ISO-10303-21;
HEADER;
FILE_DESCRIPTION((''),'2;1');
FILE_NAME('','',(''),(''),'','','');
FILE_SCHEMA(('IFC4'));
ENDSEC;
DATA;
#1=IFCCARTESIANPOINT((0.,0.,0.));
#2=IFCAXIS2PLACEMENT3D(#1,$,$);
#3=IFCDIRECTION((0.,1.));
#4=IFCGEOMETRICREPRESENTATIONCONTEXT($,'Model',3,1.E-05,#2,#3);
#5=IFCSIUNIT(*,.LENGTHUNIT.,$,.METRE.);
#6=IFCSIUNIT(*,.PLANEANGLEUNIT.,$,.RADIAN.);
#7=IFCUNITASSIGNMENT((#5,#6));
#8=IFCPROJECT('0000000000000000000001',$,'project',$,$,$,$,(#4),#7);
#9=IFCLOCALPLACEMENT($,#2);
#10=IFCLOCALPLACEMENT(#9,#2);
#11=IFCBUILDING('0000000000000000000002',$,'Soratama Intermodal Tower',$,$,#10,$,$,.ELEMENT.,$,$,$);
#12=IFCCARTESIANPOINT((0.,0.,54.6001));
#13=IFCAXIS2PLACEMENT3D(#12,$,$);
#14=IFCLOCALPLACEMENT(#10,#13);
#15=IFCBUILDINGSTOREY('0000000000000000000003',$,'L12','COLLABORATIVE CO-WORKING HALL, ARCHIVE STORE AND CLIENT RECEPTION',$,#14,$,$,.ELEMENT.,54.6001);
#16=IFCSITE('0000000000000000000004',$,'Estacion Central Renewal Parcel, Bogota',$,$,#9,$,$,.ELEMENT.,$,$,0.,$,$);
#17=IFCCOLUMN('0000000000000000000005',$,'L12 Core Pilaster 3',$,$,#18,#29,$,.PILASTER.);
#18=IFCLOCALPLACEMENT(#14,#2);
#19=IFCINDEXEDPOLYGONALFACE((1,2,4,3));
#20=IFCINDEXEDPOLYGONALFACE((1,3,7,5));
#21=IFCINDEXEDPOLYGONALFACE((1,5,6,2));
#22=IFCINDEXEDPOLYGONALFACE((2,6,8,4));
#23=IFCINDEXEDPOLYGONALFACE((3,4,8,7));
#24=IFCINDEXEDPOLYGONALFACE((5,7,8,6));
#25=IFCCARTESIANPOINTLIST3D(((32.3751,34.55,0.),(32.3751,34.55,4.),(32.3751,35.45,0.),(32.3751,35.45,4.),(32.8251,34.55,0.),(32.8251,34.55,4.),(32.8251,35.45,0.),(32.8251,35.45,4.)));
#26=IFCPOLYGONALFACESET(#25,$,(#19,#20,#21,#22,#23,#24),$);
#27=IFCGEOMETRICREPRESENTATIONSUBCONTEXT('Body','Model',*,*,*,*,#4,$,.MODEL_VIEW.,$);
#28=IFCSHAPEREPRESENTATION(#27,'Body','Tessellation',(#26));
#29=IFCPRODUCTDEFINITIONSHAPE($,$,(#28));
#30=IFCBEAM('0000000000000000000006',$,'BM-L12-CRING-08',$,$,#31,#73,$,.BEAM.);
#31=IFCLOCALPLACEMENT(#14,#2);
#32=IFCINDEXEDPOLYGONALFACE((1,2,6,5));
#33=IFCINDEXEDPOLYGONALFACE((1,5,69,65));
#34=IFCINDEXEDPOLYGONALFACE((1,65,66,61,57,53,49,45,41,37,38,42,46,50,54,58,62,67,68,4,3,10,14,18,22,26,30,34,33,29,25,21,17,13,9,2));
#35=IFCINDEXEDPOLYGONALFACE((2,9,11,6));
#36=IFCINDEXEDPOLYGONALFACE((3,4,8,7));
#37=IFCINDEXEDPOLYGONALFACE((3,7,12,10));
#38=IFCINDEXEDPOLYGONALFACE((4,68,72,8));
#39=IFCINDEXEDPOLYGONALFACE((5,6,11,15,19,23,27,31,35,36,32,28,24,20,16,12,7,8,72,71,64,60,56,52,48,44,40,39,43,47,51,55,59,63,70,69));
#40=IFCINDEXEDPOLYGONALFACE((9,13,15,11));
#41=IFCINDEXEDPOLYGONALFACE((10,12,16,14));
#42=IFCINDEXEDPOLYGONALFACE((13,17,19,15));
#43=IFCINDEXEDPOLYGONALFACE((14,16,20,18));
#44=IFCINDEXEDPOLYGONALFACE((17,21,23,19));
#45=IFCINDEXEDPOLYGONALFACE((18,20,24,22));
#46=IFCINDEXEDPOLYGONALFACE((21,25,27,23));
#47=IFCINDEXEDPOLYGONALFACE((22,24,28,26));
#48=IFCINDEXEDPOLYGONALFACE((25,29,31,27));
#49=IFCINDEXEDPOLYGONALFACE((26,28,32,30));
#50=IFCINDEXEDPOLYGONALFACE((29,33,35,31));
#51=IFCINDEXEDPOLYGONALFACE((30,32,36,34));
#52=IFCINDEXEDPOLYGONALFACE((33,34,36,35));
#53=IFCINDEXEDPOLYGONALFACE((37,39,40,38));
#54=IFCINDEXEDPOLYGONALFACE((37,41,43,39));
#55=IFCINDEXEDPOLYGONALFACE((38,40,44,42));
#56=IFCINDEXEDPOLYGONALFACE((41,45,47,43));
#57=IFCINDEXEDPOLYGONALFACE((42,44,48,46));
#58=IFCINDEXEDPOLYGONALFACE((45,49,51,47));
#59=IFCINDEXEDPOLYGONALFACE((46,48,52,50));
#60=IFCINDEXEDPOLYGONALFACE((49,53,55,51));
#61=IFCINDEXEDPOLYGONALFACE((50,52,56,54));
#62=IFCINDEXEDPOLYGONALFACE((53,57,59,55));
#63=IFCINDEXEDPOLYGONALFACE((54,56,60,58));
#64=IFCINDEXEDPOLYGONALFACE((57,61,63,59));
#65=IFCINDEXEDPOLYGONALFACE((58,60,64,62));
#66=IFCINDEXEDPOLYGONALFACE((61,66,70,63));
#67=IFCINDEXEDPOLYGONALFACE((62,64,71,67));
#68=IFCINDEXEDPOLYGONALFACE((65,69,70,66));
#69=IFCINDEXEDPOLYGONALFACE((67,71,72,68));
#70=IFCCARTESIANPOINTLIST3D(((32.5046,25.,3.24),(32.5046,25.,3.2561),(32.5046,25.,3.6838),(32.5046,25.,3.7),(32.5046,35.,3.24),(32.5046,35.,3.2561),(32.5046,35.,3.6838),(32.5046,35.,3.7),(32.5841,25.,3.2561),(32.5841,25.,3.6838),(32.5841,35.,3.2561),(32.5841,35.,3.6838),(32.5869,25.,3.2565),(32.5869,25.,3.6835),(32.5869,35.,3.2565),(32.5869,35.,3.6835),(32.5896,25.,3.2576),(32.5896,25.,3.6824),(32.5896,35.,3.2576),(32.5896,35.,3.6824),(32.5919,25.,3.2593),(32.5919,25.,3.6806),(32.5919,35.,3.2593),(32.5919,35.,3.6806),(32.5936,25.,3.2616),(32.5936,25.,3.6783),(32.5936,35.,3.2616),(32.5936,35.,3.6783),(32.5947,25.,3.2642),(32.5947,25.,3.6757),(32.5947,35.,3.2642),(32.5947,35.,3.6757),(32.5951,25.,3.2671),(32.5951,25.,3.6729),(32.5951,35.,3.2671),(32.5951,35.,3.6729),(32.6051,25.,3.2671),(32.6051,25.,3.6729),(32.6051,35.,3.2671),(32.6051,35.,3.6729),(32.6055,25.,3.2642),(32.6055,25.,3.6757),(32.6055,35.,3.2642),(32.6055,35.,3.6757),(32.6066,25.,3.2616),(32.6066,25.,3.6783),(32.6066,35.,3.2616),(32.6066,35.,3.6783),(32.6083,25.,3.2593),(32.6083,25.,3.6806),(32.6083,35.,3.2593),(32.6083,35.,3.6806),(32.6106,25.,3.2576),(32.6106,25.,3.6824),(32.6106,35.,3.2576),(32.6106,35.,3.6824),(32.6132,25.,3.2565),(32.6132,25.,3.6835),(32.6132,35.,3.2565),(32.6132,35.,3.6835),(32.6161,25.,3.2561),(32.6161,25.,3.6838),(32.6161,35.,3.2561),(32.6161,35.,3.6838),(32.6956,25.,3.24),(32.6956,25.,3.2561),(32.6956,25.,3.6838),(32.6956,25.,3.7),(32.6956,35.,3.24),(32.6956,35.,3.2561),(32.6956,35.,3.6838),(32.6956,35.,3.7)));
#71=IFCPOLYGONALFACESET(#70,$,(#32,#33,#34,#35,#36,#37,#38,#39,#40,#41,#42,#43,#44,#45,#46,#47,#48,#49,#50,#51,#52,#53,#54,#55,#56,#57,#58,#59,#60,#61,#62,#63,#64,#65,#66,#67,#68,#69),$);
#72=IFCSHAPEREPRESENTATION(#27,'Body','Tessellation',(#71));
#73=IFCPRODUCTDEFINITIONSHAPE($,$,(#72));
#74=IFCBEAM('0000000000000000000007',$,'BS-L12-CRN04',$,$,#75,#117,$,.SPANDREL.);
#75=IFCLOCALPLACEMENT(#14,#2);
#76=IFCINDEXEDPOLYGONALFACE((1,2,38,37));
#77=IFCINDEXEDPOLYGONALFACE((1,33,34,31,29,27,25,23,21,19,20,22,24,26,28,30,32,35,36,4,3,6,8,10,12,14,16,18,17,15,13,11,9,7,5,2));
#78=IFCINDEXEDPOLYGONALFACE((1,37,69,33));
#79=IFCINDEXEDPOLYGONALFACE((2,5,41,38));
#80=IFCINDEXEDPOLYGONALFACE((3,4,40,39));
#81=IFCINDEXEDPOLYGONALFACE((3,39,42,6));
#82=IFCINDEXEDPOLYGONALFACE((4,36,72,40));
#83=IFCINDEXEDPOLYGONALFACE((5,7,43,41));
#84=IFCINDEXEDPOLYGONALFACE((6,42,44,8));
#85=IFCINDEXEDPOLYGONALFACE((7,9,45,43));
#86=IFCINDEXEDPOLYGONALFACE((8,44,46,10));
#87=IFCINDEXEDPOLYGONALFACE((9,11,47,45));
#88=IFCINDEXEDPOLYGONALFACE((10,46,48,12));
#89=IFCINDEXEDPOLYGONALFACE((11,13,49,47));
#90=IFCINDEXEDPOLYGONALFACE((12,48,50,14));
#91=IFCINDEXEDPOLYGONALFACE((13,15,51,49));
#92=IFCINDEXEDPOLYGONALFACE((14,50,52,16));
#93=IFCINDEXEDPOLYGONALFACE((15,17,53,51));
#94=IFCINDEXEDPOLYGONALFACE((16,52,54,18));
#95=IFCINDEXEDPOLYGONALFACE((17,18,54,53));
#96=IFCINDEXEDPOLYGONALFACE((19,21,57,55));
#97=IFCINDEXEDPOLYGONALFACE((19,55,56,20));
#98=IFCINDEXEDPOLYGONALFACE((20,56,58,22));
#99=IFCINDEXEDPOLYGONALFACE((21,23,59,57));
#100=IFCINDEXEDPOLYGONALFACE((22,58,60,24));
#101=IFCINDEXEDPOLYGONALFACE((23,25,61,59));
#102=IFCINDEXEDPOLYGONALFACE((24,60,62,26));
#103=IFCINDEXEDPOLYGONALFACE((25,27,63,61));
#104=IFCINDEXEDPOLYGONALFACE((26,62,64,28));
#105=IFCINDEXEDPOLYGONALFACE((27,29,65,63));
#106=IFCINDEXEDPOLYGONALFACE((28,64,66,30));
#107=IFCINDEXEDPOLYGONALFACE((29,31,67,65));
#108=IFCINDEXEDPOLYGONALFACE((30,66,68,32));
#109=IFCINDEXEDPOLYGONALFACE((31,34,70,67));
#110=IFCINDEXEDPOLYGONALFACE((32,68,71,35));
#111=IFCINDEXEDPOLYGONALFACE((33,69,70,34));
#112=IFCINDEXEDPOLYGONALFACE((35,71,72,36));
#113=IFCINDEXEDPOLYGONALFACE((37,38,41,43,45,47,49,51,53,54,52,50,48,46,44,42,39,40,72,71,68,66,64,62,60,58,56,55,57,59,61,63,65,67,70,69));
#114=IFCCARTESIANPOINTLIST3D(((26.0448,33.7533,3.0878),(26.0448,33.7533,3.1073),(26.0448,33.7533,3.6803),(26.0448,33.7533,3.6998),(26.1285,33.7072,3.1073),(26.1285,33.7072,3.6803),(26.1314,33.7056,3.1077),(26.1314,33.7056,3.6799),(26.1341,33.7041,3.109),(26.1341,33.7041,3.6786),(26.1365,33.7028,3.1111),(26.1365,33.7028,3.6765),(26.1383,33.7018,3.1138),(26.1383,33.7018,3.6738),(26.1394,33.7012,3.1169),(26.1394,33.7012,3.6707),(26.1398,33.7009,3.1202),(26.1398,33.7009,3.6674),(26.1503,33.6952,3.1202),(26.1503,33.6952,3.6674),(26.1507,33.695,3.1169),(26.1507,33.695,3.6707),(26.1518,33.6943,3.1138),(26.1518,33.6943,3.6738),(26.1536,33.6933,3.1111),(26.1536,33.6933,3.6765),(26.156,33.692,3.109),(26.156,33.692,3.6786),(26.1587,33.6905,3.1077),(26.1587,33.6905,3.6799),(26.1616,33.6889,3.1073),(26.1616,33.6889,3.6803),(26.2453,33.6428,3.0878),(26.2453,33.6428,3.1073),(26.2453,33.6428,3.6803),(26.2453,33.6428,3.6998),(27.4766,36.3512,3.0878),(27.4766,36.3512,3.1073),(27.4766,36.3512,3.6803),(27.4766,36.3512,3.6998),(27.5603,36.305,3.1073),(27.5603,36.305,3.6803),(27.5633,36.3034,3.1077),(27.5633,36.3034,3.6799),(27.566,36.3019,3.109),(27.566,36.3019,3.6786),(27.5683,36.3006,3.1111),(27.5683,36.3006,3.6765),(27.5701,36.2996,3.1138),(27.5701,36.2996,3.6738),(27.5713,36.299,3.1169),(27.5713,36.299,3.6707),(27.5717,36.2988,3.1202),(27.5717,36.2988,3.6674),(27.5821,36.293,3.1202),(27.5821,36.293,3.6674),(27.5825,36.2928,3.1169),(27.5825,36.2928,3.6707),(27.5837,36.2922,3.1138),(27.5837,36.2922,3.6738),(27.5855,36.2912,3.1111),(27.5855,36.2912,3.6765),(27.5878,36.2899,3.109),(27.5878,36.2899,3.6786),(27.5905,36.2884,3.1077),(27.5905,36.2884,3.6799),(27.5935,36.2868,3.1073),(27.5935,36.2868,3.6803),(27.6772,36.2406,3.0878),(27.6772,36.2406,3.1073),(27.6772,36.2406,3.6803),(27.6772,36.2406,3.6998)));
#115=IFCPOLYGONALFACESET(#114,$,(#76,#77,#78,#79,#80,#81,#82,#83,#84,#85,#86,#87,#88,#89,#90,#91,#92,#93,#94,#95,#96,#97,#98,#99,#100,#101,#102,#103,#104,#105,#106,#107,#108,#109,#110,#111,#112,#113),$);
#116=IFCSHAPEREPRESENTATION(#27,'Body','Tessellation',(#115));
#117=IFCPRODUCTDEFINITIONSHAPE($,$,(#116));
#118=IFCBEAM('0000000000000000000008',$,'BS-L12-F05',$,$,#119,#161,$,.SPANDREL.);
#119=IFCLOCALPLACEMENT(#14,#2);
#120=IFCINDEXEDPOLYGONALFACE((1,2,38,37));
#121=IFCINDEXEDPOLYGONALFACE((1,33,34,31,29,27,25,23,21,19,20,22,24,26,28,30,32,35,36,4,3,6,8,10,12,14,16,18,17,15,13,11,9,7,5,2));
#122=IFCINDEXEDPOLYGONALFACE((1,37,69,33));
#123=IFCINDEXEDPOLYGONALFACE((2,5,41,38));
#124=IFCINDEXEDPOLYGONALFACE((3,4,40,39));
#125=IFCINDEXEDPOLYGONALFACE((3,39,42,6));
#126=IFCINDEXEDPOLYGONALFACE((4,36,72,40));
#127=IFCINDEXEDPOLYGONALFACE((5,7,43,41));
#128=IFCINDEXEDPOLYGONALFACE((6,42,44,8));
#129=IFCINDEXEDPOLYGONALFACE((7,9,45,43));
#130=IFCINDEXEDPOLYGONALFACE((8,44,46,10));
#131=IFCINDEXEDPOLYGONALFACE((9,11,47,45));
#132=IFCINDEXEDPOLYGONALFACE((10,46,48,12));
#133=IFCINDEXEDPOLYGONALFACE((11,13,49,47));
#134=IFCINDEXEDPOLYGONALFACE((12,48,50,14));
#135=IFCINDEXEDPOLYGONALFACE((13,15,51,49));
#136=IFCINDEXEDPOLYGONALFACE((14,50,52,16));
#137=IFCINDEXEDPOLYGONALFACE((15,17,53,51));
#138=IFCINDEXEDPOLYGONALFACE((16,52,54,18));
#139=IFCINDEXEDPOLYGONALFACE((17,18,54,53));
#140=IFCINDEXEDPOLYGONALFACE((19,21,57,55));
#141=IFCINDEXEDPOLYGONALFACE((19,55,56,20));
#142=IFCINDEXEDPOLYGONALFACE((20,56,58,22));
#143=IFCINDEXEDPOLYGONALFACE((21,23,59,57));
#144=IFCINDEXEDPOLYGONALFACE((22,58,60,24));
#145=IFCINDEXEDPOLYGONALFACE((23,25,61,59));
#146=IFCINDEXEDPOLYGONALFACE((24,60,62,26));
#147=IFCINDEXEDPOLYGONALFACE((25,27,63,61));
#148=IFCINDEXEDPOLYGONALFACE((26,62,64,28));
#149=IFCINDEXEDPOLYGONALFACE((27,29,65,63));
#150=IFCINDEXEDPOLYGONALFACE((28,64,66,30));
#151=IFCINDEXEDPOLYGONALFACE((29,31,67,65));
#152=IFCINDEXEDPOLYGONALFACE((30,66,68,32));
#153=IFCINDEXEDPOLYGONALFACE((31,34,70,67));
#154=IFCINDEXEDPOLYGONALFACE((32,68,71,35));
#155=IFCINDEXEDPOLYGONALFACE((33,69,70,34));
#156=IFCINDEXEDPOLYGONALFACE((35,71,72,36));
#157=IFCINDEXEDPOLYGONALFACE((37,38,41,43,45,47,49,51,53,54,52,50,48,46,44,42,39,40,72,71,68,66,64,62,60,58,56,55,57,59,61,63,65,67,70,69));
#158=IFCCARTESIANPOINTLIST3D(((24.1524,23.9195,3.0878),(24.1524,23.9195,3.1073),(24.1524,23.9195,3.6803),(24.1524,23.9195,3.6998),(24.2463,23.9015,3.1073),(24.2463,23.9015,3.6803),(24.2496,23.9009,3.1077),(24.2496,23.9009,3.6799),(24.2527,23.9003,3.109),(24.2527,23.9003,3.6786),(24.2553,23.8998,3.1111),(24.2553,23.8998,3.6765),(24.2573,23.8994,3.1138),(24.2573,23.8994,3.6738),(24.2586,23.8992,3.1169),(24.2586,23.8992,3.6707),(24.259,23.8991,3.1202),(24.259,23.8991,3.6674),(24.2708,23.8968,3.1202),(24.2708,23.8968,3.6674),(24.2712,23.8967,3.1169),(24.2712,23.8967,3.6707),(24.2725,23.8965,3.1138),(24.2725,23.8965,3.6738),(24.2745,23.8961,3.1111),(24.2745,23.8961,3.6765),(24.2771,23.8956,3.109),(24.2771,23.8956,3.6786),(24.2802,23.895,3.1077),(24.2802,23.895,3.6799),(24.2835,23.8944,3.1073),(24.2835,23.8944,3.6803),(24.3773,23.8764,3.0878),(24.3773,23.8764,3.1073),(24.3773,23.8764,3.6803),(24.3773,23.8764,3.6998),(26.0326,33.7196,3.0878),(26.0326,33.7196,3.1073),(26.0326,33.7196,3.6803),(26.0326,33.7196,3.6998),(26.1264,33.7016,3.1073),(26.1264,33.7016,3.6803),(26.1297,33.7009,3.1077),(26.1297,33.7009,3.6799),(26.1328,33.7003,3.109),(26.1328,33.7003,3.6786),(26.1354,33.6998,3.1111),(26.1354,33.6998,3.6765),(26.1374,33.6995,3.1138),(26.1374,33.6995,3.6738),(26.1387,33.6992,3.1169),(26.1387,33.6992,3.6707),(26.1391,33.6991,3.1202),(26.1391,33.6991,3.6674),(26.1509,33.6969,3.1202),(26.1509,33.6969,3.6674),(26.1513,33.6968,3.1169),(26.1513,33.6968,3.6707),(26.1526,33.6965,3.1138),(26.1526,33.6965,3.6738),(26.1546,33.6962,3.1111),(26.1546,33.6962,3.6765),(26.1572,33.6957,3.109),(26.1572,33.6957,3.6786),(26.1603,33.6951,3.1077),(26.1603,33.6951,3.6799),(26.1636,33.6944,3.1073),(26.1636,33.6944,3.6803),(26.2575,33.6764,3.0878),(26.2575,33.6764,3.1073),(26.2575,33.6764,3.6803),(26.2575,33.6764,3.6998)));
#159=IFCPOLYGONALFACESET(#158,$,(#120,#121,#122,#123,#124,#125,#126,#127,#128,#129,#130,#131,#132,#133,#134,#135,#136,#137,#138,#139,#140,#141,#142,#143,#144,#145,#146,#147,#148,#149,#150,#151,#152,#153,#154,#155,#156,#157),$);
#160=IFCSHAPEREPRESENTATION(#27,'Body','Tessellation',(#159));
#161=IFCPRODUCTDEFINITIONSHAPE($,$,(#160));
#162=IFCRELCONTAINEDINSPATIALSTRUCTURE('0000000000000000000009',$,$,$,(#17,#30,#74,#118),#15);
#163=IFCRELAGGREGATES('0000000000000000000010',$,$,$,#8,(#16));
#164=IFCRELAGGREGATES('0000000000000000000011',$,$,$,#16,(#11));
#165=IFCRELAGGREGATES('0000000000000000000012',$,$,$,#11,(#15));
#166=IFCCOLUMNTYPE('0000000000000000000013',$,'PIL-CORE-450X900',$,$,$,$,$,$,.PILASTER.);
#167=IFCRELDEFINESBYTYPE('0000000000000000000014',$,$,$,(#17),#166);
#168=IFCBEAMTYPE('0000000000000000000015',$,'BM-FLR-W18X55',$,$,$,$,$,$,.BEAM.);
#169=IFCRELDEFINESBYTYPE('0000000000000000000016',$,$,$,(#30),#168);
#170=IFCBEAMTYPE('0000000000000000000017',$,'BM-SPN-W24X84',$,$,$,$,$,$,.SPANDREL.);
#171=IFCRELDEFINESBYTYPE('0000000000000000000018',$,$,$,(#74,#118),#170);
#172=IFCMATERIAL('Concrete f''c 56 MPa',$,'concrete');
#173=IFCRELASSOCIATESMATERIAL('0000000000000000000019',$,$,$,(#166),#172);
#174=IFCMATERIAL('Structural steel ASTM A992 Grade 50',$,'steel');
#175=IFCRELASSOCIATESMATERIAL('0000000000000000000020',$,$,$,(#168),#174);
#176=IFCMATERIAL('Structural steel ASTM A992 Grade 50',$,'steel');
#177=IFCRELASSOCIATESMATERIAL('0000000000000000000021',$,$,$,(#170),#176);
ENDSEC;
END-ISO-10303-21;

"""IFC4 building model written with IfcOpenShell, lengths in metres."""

from ifc_helpers import new_model, si_unit, direction, frame, origin, origin_2d, place, context, subcontext, project, spatial, rectangle, i_section, extrude, material, material_profile, profile_set, type_object, element, save


model = new_model("IFC4")

# Units and contexts
model_context = context("Model", 3, precision=1e-05, world=origin(), true_north=direction((0.0, 1.0)))
body_context = subcontext(model_context, "Body", "Model", "MODEL_VIEW")
ifc_project = project(units=[si_unit("LENGTHUNIT", "METRE"), si_unit("PLANEANGLEUNIT", "RADIAN")], contexts=[model_context])

# Site, building, storey
site_placement = place(None, origin())
site = spatial("IfcSite", under=ifc_project, at=site_placement, Name="Estacion Central Renewal Parcel, Bogota", CompositionType="ELEMENT", RefElevation=0.0)
building_placement = place(site_placement, origin())
building = spatial("IfcBuilding", under=site, at=building_placement, Name="Soratama Intermodal Tower", CompositionType="ELEMENT")
storey_placement = place(building_placement, frame((0.0, 0.0, 54.6001)))
storey = spatial("IfcBuildingStorey", under=building, at=storey_placement, Name="L12", Description="COLLABORATIVE CO-WORKING HALL, ARCHIVE STORE AND CLIENT RECEPTION", CompositionType="ELEMENT", Elevation=54.6001)

# Column
ifc_material_1 = material(Name="Concrete f'c 56 MPa", Category="concrete")
ifc_material_profile_1 = material_profile(ifc_material_1, rectangle(XDim=0.45, YDim=0.8999, at=origin_2d()), Name="RC450X900")
ifc_profile_set_1 = profile_set([ifc_material_profile_1], Name="Concrete f'c 56 MPa")
column_type = type_object("IfcColumnType", Name="PIL-CORE-450X900", PredefinedType="PILASTER", material=ifc_profile_set_1)
column_placement = place(storey_placement, frame((32.6001, 35.0, 0.0), z_axis=(0.0, 0.0, 1.0), x_axis=(1.0, 0.0, 0.0)))
element("IfcColumn", 1, at=column_placement, inside=storey, type_object=column_type, Name="L12 Core Pilaster 3", PredefinedType="PILASTER", context=body_context, shape_type="SweptSolid", body=[
    extrude(rectangle(XDim=0.45, YDim=0.8999, at=origin_2d()), origin(), (0.0, 0.0, 1.0), 4.0),
])

# Beams
ifc_material_2 = material(Name="Structural steel ASTM A992 Grade 50", Category="steel")
ifc_material_profile_2 = material_profile(ifc_material_2, i_section(OverallWidth=0.1909, OverallDepth=0.46, WebThickness=0.01, FlangeThickness=0.0161, FilletRadius=0.011, at=origin_2d()), Name="W18X55")
ifc_profile_set_2 = profile_set([ifc_material_profile_2], Name="Structural steel ASTM A992 Grade 50")
beam_type_1 = type_object("IfcBeamType", Name="BM-FLR-W18X55", PredefinedType="BEAM", material=ifc_profile_set_2)
beam_1_placement = place(storey_placement, frame((32.6001, 35.0, 3.47), z_axis=(0.0, -1.0, 0.0), x_axis=(1.0, 0.0, 0.0)))
element("IfcBeam", 2, at=beam_1_placement, inside=storey, type_object=beam_type_1, Name="BM-L12-CRING-08", PredefinedType="BEAM", context=body_context, shape_type="SweptSolid", body=[
    extrude(i_section(OverallWidth=0.1909, OverallDepth=0.46, WebThickness=0.01, FlangeThickness=0.0161, FilletRadius=0.011, at=origin_2d()), origin(), (0.0, 0.0, 1.0), 10.0),
])
ifc_material_3 = material(Name="Structural steel ASTM A992 Grade 50", Category="steel")
ifc_material_profile_3 = material_profile(ifc_material_3, i_section(OverallWidth=0.229, OverallDepth=0.6121, WebThickness=0.012, FlangeThickness=0.0195, FilletRadius=0.0129, at=origin_2d()), Name="W24X84")
ifc_profile_set_3 = profile_set([ifc_material_profile_3], Name="Structural steel ASTM A992 Grade 50")
beam_type_2 = type_object("IfcBeamType", Name="BM-SPN-W24X84", PredefinedType="SPANDREL", material=ifc_profile_set_3)
beam_2_placement = place(storey_placement, frame((27.5769, 36.2959, 3.3938), z_axis=(-0.482705, -0.875783, 0.0), x_axis=(0.875783, -0.482705, 0.0)))
element("IfcBeam", 3, at=beam_2_placement, inside=storey, type_object=beam_type_2, Name="BS-L12-CRN04", PredefinedType="SPANDREL", context=body_context, shape_type="SweptSolid", body=[
    extrude(i_section(OverallWidth=0.229, OverallDepth=0.6121, WebThickness=0.012, FlangeThickness=0.0195, FilletRadius=0.0129, at=origin_2d()), origin(), (0.0, 0.0, 1.0), 2.9663),
])
beam_3_placement = place(storey_placement, frame((26.145, 33.698, 3.3938), z_axis=(-0.188413, -0.98209, 0.0), x_axis=(0.98209, -0.188413, 0.0)))
element("IfcBeam", 4, at=beam_3_placement, inside=storey, type_object=beam_type_2, Name="BS-L12-F05", PredefinedType="SPANDREL", context=body_context, shape_type="SweptSolid", body=[
    extrude(i_section(OverallWidth=0.229, OverallDepth=0.6121, WebThickness=0.012, FlangeThickness=0.0195, FilletRadius=0.0129, at=origin_2d()), origin(), (0.0, 0.0, 1.0), 9.9788),
])

save(model, "model.ifc")
